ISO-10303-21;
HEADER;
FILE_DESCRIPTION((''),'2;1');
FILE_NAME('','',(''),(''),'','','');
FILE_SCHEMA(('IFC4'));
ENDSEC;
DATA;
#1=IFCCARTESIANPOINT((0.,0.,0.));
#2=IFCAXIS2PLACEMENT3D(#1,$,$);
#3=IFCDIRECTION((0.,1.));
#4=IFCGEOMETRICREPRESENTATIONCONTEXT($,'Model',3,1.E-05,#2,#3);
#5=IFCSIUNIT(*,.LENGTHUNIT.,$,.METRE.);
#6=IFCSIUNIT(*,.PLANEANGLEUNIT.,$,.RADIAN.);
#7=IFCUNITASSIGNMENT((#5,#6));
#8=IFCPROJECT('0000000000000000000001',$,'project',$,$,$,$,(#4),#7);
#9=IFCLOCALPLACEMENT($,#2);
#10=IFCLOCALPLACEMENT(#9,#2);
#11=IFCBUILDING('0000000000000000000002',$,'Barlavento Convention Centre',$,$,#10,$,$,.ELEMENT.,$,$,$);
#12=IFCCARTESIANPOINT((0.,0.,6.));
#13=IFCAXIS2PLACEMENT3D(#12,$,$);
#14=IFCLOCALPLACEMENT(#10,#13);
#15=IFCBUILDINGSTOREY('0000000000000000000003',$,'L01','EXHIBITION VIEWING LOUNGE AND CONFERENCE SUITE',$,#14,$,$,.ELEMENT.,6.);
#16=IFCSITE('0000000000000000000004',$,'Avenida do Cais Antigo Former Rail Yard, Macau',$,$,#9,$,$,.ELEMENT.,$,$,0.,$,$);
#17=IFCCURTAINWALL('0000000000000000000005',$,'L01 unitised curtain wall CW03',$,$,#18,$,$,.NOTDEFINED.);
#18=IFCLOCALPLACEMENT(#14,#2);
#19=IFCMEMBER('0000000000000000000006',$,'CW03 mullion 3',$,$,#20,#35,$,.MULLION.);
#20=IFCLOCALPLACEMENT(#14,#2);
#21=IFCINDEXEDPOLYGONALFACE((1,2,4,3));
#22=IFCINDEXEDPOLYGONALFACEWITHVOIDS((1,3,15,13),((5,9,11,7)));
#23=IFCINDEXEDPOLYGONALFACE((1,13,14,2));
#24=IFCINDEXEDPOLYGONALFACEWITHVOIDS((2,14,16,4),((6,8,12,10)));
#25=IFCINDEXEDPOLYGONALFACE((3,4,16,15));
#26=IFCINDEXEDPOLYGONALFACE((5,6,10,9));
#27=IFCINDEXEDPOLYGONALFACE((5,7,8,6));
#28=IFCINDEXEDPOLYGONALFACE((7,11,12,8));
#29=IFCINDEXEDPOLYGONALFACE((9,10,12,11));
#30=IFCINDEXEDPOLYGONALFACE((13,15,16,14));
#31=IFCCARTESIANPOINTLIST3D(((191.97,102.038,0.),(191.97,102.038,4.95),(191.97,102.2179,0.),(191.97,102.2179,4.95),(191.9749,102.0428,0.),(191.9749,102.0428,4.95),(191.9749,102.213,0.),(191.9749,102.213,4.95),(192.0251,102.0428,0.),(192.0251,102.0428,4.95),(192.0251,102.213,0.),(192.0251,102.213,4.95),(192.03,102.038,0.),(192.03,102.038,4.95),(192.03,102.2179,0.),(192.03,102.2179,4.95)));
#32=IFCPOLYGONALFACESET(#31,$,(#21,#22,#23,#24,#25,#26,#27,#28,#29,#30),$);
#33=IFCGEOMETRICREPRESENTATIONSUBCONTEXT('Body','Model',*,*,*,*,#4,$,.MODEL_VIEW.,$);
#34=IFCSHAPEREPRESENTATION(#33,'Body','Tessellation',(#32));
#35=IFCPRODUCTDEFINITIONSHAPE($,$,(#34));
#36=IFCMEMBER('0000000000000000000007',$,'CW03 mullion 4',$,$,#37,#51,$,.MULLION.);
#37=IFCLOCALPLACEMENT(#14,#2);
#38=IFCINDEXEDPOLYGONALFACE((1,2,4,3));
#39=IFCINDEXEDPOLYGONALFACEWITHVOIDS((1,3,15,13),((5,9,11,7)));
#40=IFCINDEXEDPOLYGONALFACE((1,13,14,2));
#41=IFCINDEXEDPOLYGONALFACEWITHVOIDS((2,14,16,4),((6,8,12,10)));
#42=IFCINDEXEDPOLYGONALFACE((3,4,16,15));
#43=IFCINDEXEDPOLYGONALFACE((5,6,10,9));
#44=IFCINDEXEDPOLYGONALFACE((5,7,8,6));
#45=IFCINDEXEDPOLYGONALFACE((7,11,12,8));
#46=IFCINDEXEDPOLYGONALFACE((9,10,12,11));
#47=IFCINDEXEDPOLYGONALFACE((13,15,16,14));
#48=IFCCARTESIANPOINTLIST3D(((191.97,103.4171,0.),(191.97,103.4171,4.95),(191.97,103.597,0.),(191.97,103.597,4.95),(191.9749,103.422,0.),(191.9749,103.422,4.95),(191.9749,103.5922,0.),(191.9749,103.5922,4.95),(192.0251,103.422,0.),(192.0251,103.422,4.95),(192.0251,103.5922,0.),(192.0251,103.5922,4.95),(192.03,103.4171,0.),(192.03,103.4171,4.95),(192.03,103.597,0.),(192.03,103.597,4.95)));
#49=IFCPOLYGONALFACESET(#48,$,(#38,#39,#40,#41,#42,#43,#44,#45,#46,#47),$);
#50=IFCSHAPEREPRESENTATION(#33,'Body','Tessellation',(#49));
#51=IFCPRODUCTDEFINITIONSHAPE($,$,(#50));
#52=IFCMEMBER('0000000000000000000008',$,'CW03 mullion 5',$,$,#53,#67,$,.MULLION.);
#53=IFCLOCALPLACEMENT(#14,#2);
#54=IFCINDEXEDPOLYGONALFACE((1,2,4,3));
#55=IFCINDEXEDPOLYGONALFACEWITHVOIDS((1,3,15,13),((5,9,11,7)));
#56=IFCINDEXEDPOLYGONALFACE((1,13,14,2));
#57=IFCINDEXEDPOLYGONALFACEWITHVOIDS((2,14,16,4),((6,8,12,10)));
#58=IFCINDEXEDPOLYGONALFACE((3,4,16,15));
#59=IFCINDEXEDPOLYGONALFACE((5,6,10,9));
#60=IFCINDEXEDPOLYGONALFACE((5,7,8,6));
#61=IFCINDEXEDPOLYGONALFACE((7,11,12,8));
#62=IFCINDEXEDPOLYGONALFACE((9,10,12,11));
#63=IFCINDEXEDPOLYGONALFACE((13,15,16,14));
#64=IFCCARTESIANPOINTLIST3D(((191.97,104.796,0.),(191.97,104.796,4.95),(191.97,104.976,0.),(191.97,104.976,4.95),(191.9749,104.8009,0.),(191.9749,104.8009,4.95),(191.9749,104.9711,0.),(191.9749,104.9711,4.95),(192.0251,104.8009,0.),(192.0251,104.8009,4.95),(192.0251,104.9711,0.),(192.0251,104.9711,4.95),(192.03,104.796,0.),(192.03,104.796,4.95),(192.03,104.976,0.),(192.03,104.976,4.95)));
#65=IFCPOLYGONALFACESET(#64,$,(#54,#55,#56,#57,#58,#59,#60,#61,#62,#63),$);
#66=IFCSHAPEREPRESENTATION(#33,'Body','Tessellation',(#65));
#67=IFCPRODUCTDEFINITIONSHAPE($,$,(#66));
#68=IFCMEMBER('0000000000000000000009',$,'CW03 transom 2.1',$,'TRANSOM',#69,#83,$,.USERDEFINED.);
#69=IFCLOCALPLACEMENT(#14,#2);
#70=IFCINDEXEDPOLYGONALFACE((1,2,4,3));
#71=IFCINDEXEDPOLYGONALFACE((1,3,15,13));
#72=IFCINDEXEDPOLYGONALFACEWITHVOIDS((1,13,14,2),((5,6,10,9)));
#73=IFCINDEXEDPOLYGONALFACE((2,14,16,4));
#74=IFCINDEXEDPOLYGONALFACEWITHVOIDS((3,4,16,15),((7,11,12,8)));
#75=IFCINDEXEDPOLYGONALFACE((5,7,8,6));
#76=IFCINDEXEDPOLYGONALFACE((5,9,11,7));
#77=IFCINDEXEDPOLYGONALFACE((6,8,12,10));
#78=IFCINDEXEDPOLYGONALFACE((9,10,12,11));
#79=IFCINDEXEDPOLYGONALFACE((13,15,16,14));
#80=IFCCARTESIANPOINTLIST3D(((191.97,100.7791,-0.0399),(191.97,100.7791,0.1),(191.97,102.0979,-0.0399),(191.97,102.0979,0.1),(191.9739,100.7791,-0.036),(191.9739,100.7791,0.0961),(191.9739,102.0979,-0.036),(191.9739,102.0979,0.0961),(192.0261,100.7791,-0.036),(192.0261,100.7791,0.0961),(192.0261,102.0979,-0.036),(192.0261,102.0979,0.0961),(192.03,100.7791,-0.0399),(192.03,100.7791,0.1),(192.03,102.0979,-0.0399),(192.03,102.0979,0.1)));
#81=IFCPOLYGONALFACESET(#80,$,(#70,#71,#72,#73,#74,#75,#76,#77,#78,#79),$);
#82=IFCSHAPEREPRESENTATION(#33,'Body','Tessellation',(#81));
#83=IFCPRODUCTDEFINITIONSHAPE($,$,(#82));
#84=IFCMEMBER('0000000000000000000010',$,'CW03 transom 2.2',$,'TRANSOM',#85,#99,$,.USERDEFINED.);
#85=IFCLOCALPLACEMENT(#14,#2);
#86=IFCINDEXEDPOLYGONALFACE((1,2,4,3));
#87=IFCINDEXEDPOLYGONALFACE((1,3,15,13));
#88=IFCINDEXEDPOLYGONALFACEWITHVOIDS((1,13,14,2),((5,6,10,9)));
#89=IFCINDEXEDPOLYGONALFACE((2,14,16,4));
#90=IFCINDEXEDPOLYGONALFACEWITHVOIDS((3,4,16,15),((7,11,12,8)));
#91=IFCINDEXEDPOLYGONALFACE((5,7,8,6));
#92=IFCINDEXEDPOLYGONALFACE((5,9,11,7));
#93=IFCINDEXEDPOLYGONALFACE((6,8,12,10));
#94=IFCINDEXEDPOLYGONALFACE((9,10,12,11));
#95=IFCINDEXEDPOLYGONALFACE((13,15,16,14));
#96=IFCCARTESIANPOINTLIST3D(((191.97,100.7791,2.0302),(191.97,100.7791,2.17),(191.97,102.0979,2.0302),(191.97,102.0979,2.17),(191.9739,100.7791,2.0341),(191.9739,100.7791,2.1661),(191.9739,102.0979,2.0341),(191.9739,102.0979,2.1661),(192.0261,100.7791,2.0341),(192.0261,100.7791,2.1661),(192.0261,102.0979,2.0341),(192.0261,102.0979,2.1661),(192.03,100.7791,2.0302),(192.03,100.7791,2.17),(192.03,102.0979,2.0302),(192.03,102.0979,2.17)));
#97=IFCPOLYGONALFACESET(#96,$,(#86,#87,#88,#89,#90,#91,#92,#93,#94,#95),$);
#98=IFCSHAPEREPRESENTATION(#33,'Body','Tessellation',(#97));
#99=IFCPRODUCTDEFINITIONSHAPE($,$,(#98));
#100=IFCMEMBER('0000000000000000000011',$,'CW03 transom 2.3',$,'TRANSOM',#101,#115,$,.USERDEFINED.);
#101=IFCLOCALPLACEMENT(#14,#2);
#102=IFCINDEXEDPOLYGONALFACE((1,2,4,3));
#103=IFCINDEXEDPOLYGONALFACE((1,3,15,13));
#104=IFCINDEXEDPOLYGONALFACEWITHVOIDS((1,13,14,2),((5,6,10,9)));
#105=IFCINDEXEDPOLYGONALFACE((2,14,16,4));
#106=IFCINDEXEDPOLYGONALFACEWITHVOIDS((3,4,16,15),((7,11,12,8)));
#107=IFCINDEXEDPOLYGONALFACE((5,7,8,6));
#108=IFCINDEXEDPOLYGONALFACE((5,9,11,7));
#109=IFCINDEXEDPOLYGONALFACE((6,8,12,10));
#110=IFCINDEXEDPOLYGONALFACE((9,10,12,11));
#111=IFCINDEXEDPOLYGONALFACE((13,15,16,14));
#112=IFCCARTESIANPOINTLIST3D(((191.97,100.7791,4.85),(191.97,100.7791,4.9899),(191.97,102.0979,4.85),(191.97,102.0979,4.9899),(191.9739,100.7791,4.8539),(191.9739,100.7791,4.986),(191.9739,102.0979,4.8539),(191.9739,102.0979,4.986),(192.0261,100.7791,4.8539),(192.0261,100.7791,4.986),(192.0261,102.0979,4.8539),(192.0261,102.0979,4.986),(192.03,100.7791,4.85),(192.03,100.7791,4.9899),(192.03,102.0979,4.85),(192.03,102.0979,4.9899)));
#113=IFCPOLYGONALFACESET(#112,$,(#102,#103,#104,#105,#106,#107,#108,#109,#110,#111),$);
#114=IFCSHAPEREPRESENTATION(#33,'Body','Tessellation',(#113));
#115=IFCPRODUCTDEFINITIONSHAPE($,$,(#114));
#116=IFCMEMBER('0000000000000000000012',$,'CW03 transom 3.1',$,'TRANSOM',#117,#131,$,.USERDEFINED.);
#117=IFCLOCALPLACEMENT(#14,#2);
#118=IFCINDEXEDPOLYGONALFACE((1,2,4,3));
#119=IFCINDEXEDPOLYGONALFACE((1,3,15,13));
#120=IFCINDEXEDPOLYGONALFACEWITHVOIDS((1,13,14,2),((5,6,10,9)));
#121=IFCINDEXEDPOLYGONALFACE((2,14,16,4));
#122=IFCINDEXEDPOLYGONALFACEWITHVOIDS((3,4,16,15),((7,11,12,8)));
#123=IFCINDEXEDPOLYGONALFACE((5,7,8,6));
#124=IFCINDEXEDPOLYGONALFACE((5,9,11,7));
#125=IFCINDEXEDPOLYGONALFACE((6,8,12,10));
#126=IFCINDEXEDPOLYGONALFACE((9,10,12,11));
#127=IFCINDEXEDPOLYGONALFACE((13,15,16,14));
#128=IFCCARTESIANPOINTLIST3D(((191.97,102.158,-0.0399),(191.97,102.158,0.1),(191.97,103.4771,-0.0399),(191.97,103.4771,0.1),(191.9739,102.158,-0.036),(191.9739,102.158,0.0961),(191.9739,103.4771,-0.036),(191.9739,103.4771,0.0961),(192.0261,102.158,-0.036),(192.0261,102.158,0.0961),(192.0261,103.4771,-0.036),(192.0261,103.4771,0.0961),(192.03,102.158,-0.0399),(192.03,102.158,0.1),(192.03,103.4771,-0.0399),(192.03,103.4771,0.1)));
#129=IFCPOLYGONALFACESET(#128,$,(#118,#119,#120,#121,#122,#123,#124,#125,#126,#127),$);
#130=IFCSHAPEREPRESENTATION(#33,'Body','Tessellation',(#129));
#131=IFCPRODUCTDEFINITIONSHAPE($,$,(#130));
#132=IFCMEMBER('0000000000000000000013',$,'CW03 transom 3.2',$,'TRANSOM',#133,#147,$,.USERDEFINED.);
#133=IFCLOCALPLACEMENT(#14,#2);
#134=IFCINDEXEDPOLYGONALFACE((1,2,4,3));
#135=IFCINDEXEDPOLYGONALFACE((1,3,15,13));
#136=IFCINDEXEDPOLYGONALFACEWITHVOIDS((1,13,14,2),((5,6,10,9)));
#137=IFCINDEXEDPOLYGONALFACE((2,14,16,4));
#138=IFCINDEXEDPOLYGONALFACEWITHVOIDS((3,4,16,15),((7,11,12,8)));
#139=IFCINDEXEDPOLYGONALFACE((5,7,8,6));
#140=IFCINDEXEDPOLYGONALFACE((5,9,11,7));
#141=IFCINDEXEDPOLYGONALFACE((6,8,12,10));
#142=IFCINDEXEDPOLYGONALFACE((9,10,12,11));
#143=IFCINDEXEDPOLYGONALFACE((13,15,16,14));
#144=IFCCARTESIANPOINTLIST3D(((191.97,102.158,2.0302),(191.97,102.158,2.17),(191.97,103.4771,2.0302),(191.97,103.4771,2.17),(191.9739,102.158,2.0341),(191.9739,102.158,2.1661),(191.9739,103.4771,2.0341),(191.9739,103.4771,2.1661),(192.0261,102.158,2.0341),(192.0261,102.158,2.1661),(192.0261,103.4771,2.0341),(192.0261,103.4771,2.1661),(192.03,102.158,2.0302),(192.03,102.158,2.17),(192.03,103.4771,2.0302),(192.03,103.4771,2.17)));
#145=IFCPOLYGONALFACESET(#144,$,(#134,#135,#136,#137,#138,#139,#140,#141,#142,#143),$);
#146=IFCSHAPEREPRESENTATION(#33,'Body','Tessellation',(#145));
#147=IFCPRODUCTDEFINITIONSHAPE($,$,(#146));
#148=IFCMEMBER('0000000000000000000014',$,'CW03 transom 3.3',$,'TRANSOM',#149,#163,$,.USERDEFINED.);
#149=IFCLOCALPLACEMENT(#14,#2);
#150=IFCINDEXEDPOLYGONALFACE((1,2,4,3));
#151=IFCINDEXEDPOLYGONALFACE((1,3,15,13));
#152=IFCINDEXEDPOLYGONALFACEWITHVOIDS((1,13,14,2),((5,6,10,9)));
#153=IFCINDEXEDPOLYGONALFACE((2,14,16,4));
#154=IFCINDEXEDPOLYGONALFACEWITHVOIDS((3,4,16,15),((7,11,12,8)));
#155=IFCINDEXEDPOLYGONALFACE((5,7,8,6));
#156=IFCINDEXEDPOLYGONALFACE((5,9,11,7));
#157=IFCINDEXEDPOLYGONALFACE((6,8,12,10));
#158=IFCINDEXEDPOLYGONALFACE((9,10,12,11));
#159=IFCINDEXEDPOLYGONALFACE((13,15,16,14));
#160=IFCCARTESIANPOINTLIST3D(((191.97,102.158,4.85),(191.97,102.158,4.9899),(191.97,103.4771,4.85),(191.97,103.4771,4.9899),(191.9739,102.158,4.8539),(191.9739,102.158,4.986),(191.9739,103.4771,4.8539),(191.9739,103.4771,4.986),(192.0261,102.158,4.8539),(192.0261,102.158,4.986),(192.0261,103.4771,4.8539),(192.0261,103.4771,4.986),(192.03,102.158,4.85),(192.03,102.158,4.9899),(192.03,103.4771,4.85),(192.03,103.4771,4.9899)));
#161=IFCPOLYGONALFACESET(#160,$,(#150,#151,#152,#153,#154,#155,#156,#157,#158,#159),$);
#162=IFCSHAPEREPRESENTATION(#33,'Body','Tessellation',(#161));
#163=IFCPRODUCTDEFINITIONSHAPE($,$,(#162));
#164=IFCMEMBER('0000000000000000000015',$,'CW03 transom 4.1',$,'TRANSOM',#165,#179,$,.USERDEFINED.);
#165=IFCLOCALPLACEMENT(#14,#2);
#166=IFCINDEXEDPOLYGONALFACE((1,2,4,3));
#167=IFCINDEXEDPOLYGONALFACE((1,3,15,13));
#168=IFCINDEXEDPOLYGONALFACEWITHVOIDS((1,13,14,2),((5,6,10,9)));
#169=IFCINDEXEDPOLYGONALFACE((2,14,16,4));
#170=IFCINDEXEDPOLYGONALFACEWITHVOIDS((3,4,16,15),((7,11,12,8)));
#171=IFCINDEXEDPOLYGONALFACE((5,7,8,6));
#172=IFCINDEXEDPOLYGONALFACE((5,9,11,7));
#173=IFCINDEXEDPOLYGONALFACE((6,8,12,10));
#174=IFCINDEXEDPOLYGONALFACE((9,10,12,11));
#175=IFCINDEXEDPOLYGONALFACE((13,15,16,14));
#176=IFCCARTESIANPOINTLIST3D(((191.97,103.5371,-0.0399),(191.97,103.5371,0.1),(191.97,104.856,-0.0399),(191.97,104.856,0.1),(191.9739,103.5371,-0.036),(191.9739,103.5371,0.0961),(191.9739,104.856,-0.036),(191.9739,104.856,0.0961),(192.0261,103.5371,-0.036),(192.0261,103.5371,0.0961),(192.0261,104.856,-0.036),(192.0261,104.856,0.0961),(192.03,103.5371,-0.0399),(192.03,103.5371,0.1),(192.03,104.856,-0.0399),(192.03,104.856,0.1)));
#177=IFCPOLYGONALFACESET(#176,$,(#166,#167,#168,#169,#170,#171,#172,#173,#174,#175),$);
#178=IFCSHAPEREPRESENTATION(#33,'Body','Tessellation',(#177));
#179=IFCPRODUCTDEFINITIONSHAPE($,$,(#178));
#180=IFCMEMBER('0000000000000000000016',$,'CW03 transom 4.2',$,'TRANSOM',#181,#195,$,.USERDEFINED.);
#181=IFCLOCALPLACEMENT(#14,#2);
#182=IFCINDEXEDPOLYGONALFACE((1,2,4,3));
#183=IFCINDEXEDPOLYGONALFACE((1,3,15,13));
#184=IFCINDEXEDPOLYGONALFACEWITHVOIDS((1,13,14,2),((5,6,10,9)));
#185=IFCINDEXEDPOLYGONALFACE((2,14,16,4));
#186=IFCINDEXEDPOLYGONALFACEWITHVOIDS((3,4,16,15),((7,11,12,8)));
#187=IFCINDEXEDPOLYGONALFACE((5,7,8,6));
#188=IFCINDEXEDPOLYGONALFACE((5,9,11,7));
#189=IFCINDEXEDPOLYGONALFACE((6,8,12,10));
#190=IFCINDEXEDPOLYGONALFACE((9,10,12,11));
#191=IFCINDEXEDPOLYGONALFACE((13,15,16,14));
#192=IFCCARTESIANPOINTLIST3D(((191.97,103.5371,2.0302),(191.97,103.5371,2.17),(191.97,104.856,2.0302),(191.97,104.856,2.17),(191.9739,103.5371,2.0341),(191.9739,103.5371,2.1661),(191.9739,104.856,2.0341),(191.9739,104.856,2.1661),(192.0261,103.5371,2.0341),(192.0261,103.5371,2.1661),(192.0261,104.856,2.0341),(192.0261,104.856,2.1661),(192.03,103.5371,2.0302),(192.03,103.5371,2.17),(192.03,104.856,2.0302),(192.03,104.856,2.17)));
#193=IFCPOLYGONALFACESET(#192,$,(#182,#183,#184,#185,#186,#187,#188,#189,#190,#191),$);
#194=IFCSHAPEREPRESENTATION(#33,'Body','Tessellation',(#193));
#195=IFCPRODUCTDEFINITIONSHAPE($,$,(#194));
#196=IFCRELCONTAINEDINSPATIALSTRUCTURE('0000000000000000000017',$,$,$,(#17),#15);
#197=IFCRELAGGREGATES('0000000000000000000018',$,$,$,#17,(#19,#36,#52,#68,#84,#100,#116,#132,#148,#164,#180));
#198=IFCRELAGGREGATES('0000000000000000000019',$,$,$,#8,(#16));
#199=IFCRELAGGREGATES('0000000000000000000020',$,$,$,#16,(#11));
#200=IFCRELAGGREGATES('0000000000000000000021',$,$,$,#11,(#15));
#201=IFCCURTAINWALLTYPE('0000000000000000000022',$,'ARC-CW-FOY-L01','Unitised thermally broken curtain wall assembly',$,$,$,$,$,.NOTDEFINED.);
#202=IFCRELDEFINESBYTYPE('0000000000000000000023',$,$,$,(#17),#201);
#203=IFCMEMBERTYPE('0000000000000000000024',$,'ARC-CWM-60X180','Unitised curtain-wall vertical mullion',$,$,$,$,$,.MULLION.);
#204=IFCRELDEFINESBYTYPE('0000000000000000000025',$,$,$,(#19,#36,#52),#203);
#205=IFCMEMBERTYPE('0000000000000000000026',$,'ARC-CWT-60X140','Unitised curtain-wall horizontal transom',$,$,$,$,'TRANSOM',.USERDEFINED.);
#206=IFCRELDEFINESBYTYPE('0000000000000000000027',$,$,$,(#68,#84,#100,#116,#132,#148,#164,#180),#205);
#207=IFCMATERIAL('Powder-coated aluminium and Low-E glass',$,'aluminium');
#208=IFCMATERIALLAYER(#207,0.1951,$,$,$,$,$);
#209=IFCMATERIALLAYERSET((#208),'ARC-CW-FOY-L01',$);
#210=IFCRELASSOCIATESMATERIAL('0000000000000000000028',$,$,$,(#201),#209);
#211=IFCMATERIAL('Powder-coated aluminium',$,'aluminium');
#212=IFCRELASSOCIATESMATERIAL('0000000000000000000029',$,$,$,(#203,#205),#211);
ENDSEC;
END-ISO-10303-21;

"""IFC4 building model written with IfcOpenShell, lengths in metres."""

from ifc_helpers import new_model, si_unit, direction, frame, origin, origin_2d, place, context, subcontext, project, spatial, hollow_rectangle, extrude, material, layer, layer_set, material_profile, profile_set, type_object, element, aggregate, save


model = new_model("IFC4")

# Units and contexts
model_context = context("Model", 3, precision=1e-05, world=origin(), true_north=direction((0.0, 1.0)))
body_context = subcontext(model_context, "Body", "Model", "MODEL_VIEW")
ifc_project = project(units=[si_unit("LENGTHUNIT", "METRE"), si_unit("PLANEANGLEUNIT", "RADIAN")], contexts=[model_context])

# Site, building, storey
site_placement = place(None, origin())
site = spatial("IfcSite", under=ifc_project, at=site_placement, Name="Avenida do Cais Antigo Former Rail Yard, Macau", CompositionType="ELEMENT", RefElevation=0.0)
building_placement = place(site_placement, origin())
building = spatial("IfcBuilding", under=site, at=building_placement, Name="Barlavento Convention Centre", CompositionType="ELEMENT")
storey_placement = place(building_placement, frame((0.0, 0.0, 6.0)))
storey = spatial("IfcBuildingStorey", under=building, at=storey_placement, Name="L01", Description="EXHIBITION VIEWING LOUNGE AND CONFERENCE SUITE", CompositionType="ELEMENT", Elevation=6.0)

# Curtain wall, members
ifc_material_1 = material(Name="Powder-coated aluminium and Low-E glass", Category="aluminium")
ifc_layer_1 = layer(ifc_material_1, 0.1951)
ifc_layer_set_1 = layer_set([ifc_layer_1], Name="ARC-CW-FOY-L01")
curtain_wall_type = type_object("IfcCurtainWallType", Name="ARC-CW-FOY-L01", Description="Unitised thermally broken curtain wall assembly", PredefinedType="NOTDEFINED", material=ifc_layer_set_1)
curtain_wall_placement = place(storey_placement, origin())
curtain_wall = element("IfcCurtainWall", 1, at=curtain_wall_placement, inside=storey, type_object=curtain_wall_type, Name="L01 unitised curtain wall CW03", PredefinedType="NOTDEFINED")
ifc_material_2 = material(Name="Powder-coated aluminium", Category="aluminium")
ifc_material_profile_1 = material_profile(ifc_material_2, hollow_rectangle(XDim=0.0601, YDim=0.1799, WallThickness=0.0049, at=origin_2d()), Name="AL-MULL 60x180x5")
ifc_profile_set_1 = profile_set([ifc_material_profile_1], Name="Powder-coated aluminium")
member_type_1 = type_object("IfcMemberType", Name="ARC-CWM-60X180", Description="Unitised curtain-wall vertical mullion", PredefinedType="MULLION", material=ifc_profile_set_1)
member_1_placement = place(storey_placement, frame((192.0, 102.1279, 0.0), z_axis=(0.0, 0.0, 1.0), x_axis=(-1.0, 0.0, 0.0)))
member_1 = element("IfcMember", 2, at=member_1_placement, type_object=member_type_1, Name="CW03 mullion 3", PredefinedType="MULLION", context=body_context, shape_type="SweptSolid", body=[
    extrude(hollow_rectangle(XDim=0.0601, YDim=0.1799, WallThickness=0.0049, at=origin_2d()), origin(), (0.0, 0.0, 1.0), 4.95),
])
member_2_placement = place(storey_placement, frame((192.0, 103.5071, 0.0), z_axis=(0.0, 0.0, 1.0), x_axis=(-1.0, 0.0, 0.0)))
member_2 = element("IfcMember", 3, at=member_2_placement, type_object=member_type_1, Name="CW03 mullion 4", PredefinedType="MULLION", context=body_context, shape_type="SweptSolid", body=[
    extrude(hollow_rectangle(XDim=0.0601, YDim=0.1799, WallThickness=0.0049, at=origin_2d()), origin(), (0.0, 0.0, 1.0), 4.95),
])
member_3_placement = place(storey_placement, frame((192.0, 104.886, 0.0), z_axis=(0.0, 0.0, 1.0), x_axis=(-1.0, 0.0, 0.0)))
member_3 = element("IfcMember", 4, at=member_3_placement, type_object=member_type_1, Name="CW03 mullion 5", PredefinedType="MULLION", context=body_context, shape_type="SweptSolid", body=[
    extrude(hollow_rectangle(XDim=0.0601, YDim=0.1799, WallThickness=0.0049, at=origin_2d()), origin(), (0.0, 0.0, 1.0), 4.95),
])
ifc_material_profile_2 = material_profile(ifc_material_2, hollow_rectangle(XDim=0.0601, YDim=0.1399, WallThickness=0.0039, at=origin_2d()), Name="AL-TRAN 60x140x4")
ifc_profile_set_2 = profile_set([ifc_material_profile_2], Name="Powder-coated aluminium")
member_type_2 = type_object("IfcMemberType", Name="ARC-CWT-60X140", Description="Unitised curtain-wall horizontal transom", ElementType="TRANSOM", PredefinedType="USERDEFINED", material=ifc_profile_set_2)
member_4_placement = place(storey_placement, frame((192.0, 100.7791, 0.03), z_axis=(0.0, 1.0, 0.0), x_axis=(-1.0, 0.0, 0.0)))
member_4 = element("IfcMember", 5, at=member_4_placement, type_object=member_type_2, Name="CW03 transom 2.1", ObjectType="TRANSOM", PredefinedType="USERDEFINED", context=body_context, shape_type="SweptSolid", body=[
    extrude(hollow_rectangle(XDim=0.0601, YDim=0.1399, WallThickness=0.0039, at=origin_2d()), origin(), (0.0, 0.0, 1.0), 1.3188),
])
member_5_placement = place(storey_placement, frame((192.0, 100.7791, 2.1001), z_axis=(0.0, 1.0, 0.0), x_axis=(-1.0, 0.0, 0.0)))
member_5 = element("IfcMember", 6, at=member_5_placement, type_object=member_type_2, Name="CW03 transom 2.2", ObjectType="TRANSOM", PredefinedType="USERDEFINED", context=body_context, shape_type="SweptSolid", body=[
    extrude(hollow_rectangle(XDim=0.0601, YDim=0.1399, WallThickness=0.0039, at=origin_2d()), origin(), (0.0, 0.0, 1.0), 1.3188),
])
member_6_placement = place(storey_placement, frame((192.0, 100.7791, 4.9199), z_axis=(0.0, 1.0, 0.0), x_axis=(-1.0, 0.0, 0.0)))
member_6 = element("IfcMember", 7, at=member_6_placement, type_object=member_type_2, Name="CW03 transom 2.3", ObjectType="TRANSOM", PredefinedType="USERDEFINED", context=body_context, shape_type="SweptSolid", body=[
    extrude(hollow_rectangle(XDim=0.0601, YDim=0.1399, WallThickness=0.0039, at=origin_2d()), origin(), (0.0, 0.0, 1.0), 1.3188),
])
member_7_placement = place(storey_placement, frame((192.0, 102.158, 0.03), z_axis=(0.0, 1.0, 0.0), x_axis=(-1.0, 0.0, 0.0)))
member_7 = element("IfcMember", 8, at=member_7_placement, type_object=member_type_2, Name="CW03 transom 3.1", ObjectType="TRANSOM", PredefinedType="USERDEFINED", context=body_context, shape_type="SweptSolid", body=[
    extrude(hollow_rectangle(XDim=0.0601, YDim=0.1399, WallThickness=0.0039, at=origin_2d()), origin(), (0.0, 0.0, 1.0), 1.3191),
])
member_8_placement = place(storey_placement, frame((192.0, 102.158, 2.1001), z_axis=(0.0, 1.0, 0.0), x_axis=(-1.0, 0.0, 0.0)))
member_8 = element("IfcMember", 9, at=member_8_placement, type_object=member_type_2, Name="CW03 transom 3.2", ObjectType="TRANSOM", PredefinedType="USERDEFINED", context=body_context, shape_type="SweptSolid", body=[
    extrude(hollow_rectangle(XDim=0.0601, YDim=0.1399, WallThickness=0.0039, at=origin_2d()), origin(), (0.0, 0.0, 1.0), 1.3191),
])
member_9_placement = place(storey_placement, frame((192.0, 102.158, 4.9199), z_axis=(0.0, 1.0, 0.0), x_axis=(-1.0, 0.0, 0.0)))
member_9 = element("IfcMember", 10, at=member_9_placement, type_object=member_type_2, Name="CW03 transom 3.3", ObjectType="TRANSOM", PredefinedType="USERDEFINED", context=body_context, shape_type="SweptSolid", body=[
    extrude(hollow_rectangle(XDim=0.0601, YDim=0.1399, WallThickness=0.0039, at=origin_2d()), origin(), (0.0, 0.0, 1.0), 1.3191),
])
member_10_placement = place(storey_placement, frame((192.0, 103.5371, 0.03), z_axis=(0.0, 1.0, 0.0), x_axis=(-1.0, 0.0, 0.0)))
member_10 = element("IfcMember", 11, at=member_10_placement, type_object=member_type_2, Name="CW03 transom 4.1", ObjectType="TRANSOM", PredefinedType="USERDEFINED", context=body_context, shape_type="SweptSolid", body=[
    extrude(hollow_rectangle(XDim=0.0601, YDim=0.1399, WallThickness=0.0039, at=origin_2d()), origin(), (0.0, 0.0, 1.0), 1.3188),
])
member_11_placement = place(storey_placement, frame((192.0, 103.5371, 2.1001), z_axis=(0.0, 1.0, 0.0), x_axis=(-1.0, 0.0, 0.0)))
member_11 = element("IfcMember", 12, at=member_11_placement, type_object=member_type_2, Name="CW03 transom 4.2", ObjectType="TRANSOM", PredefinedType="USERDEFINED", context=body_context, shape_type="SweptSolid", body=[
    extrude(hollow_rectangle(XDim=0.0601, YDim=0.1399, WallThickness=0.0039, at=origin_2d()), origin(), (0.0, 0.0, 1.0), 1.3188),
])

aggregate(curtain_wall, [member_1, member_2, member_3, member_4, member_5, member_6, member_7, member_8, member_9, member_10, member_11])

save(model, "model.ifc")
